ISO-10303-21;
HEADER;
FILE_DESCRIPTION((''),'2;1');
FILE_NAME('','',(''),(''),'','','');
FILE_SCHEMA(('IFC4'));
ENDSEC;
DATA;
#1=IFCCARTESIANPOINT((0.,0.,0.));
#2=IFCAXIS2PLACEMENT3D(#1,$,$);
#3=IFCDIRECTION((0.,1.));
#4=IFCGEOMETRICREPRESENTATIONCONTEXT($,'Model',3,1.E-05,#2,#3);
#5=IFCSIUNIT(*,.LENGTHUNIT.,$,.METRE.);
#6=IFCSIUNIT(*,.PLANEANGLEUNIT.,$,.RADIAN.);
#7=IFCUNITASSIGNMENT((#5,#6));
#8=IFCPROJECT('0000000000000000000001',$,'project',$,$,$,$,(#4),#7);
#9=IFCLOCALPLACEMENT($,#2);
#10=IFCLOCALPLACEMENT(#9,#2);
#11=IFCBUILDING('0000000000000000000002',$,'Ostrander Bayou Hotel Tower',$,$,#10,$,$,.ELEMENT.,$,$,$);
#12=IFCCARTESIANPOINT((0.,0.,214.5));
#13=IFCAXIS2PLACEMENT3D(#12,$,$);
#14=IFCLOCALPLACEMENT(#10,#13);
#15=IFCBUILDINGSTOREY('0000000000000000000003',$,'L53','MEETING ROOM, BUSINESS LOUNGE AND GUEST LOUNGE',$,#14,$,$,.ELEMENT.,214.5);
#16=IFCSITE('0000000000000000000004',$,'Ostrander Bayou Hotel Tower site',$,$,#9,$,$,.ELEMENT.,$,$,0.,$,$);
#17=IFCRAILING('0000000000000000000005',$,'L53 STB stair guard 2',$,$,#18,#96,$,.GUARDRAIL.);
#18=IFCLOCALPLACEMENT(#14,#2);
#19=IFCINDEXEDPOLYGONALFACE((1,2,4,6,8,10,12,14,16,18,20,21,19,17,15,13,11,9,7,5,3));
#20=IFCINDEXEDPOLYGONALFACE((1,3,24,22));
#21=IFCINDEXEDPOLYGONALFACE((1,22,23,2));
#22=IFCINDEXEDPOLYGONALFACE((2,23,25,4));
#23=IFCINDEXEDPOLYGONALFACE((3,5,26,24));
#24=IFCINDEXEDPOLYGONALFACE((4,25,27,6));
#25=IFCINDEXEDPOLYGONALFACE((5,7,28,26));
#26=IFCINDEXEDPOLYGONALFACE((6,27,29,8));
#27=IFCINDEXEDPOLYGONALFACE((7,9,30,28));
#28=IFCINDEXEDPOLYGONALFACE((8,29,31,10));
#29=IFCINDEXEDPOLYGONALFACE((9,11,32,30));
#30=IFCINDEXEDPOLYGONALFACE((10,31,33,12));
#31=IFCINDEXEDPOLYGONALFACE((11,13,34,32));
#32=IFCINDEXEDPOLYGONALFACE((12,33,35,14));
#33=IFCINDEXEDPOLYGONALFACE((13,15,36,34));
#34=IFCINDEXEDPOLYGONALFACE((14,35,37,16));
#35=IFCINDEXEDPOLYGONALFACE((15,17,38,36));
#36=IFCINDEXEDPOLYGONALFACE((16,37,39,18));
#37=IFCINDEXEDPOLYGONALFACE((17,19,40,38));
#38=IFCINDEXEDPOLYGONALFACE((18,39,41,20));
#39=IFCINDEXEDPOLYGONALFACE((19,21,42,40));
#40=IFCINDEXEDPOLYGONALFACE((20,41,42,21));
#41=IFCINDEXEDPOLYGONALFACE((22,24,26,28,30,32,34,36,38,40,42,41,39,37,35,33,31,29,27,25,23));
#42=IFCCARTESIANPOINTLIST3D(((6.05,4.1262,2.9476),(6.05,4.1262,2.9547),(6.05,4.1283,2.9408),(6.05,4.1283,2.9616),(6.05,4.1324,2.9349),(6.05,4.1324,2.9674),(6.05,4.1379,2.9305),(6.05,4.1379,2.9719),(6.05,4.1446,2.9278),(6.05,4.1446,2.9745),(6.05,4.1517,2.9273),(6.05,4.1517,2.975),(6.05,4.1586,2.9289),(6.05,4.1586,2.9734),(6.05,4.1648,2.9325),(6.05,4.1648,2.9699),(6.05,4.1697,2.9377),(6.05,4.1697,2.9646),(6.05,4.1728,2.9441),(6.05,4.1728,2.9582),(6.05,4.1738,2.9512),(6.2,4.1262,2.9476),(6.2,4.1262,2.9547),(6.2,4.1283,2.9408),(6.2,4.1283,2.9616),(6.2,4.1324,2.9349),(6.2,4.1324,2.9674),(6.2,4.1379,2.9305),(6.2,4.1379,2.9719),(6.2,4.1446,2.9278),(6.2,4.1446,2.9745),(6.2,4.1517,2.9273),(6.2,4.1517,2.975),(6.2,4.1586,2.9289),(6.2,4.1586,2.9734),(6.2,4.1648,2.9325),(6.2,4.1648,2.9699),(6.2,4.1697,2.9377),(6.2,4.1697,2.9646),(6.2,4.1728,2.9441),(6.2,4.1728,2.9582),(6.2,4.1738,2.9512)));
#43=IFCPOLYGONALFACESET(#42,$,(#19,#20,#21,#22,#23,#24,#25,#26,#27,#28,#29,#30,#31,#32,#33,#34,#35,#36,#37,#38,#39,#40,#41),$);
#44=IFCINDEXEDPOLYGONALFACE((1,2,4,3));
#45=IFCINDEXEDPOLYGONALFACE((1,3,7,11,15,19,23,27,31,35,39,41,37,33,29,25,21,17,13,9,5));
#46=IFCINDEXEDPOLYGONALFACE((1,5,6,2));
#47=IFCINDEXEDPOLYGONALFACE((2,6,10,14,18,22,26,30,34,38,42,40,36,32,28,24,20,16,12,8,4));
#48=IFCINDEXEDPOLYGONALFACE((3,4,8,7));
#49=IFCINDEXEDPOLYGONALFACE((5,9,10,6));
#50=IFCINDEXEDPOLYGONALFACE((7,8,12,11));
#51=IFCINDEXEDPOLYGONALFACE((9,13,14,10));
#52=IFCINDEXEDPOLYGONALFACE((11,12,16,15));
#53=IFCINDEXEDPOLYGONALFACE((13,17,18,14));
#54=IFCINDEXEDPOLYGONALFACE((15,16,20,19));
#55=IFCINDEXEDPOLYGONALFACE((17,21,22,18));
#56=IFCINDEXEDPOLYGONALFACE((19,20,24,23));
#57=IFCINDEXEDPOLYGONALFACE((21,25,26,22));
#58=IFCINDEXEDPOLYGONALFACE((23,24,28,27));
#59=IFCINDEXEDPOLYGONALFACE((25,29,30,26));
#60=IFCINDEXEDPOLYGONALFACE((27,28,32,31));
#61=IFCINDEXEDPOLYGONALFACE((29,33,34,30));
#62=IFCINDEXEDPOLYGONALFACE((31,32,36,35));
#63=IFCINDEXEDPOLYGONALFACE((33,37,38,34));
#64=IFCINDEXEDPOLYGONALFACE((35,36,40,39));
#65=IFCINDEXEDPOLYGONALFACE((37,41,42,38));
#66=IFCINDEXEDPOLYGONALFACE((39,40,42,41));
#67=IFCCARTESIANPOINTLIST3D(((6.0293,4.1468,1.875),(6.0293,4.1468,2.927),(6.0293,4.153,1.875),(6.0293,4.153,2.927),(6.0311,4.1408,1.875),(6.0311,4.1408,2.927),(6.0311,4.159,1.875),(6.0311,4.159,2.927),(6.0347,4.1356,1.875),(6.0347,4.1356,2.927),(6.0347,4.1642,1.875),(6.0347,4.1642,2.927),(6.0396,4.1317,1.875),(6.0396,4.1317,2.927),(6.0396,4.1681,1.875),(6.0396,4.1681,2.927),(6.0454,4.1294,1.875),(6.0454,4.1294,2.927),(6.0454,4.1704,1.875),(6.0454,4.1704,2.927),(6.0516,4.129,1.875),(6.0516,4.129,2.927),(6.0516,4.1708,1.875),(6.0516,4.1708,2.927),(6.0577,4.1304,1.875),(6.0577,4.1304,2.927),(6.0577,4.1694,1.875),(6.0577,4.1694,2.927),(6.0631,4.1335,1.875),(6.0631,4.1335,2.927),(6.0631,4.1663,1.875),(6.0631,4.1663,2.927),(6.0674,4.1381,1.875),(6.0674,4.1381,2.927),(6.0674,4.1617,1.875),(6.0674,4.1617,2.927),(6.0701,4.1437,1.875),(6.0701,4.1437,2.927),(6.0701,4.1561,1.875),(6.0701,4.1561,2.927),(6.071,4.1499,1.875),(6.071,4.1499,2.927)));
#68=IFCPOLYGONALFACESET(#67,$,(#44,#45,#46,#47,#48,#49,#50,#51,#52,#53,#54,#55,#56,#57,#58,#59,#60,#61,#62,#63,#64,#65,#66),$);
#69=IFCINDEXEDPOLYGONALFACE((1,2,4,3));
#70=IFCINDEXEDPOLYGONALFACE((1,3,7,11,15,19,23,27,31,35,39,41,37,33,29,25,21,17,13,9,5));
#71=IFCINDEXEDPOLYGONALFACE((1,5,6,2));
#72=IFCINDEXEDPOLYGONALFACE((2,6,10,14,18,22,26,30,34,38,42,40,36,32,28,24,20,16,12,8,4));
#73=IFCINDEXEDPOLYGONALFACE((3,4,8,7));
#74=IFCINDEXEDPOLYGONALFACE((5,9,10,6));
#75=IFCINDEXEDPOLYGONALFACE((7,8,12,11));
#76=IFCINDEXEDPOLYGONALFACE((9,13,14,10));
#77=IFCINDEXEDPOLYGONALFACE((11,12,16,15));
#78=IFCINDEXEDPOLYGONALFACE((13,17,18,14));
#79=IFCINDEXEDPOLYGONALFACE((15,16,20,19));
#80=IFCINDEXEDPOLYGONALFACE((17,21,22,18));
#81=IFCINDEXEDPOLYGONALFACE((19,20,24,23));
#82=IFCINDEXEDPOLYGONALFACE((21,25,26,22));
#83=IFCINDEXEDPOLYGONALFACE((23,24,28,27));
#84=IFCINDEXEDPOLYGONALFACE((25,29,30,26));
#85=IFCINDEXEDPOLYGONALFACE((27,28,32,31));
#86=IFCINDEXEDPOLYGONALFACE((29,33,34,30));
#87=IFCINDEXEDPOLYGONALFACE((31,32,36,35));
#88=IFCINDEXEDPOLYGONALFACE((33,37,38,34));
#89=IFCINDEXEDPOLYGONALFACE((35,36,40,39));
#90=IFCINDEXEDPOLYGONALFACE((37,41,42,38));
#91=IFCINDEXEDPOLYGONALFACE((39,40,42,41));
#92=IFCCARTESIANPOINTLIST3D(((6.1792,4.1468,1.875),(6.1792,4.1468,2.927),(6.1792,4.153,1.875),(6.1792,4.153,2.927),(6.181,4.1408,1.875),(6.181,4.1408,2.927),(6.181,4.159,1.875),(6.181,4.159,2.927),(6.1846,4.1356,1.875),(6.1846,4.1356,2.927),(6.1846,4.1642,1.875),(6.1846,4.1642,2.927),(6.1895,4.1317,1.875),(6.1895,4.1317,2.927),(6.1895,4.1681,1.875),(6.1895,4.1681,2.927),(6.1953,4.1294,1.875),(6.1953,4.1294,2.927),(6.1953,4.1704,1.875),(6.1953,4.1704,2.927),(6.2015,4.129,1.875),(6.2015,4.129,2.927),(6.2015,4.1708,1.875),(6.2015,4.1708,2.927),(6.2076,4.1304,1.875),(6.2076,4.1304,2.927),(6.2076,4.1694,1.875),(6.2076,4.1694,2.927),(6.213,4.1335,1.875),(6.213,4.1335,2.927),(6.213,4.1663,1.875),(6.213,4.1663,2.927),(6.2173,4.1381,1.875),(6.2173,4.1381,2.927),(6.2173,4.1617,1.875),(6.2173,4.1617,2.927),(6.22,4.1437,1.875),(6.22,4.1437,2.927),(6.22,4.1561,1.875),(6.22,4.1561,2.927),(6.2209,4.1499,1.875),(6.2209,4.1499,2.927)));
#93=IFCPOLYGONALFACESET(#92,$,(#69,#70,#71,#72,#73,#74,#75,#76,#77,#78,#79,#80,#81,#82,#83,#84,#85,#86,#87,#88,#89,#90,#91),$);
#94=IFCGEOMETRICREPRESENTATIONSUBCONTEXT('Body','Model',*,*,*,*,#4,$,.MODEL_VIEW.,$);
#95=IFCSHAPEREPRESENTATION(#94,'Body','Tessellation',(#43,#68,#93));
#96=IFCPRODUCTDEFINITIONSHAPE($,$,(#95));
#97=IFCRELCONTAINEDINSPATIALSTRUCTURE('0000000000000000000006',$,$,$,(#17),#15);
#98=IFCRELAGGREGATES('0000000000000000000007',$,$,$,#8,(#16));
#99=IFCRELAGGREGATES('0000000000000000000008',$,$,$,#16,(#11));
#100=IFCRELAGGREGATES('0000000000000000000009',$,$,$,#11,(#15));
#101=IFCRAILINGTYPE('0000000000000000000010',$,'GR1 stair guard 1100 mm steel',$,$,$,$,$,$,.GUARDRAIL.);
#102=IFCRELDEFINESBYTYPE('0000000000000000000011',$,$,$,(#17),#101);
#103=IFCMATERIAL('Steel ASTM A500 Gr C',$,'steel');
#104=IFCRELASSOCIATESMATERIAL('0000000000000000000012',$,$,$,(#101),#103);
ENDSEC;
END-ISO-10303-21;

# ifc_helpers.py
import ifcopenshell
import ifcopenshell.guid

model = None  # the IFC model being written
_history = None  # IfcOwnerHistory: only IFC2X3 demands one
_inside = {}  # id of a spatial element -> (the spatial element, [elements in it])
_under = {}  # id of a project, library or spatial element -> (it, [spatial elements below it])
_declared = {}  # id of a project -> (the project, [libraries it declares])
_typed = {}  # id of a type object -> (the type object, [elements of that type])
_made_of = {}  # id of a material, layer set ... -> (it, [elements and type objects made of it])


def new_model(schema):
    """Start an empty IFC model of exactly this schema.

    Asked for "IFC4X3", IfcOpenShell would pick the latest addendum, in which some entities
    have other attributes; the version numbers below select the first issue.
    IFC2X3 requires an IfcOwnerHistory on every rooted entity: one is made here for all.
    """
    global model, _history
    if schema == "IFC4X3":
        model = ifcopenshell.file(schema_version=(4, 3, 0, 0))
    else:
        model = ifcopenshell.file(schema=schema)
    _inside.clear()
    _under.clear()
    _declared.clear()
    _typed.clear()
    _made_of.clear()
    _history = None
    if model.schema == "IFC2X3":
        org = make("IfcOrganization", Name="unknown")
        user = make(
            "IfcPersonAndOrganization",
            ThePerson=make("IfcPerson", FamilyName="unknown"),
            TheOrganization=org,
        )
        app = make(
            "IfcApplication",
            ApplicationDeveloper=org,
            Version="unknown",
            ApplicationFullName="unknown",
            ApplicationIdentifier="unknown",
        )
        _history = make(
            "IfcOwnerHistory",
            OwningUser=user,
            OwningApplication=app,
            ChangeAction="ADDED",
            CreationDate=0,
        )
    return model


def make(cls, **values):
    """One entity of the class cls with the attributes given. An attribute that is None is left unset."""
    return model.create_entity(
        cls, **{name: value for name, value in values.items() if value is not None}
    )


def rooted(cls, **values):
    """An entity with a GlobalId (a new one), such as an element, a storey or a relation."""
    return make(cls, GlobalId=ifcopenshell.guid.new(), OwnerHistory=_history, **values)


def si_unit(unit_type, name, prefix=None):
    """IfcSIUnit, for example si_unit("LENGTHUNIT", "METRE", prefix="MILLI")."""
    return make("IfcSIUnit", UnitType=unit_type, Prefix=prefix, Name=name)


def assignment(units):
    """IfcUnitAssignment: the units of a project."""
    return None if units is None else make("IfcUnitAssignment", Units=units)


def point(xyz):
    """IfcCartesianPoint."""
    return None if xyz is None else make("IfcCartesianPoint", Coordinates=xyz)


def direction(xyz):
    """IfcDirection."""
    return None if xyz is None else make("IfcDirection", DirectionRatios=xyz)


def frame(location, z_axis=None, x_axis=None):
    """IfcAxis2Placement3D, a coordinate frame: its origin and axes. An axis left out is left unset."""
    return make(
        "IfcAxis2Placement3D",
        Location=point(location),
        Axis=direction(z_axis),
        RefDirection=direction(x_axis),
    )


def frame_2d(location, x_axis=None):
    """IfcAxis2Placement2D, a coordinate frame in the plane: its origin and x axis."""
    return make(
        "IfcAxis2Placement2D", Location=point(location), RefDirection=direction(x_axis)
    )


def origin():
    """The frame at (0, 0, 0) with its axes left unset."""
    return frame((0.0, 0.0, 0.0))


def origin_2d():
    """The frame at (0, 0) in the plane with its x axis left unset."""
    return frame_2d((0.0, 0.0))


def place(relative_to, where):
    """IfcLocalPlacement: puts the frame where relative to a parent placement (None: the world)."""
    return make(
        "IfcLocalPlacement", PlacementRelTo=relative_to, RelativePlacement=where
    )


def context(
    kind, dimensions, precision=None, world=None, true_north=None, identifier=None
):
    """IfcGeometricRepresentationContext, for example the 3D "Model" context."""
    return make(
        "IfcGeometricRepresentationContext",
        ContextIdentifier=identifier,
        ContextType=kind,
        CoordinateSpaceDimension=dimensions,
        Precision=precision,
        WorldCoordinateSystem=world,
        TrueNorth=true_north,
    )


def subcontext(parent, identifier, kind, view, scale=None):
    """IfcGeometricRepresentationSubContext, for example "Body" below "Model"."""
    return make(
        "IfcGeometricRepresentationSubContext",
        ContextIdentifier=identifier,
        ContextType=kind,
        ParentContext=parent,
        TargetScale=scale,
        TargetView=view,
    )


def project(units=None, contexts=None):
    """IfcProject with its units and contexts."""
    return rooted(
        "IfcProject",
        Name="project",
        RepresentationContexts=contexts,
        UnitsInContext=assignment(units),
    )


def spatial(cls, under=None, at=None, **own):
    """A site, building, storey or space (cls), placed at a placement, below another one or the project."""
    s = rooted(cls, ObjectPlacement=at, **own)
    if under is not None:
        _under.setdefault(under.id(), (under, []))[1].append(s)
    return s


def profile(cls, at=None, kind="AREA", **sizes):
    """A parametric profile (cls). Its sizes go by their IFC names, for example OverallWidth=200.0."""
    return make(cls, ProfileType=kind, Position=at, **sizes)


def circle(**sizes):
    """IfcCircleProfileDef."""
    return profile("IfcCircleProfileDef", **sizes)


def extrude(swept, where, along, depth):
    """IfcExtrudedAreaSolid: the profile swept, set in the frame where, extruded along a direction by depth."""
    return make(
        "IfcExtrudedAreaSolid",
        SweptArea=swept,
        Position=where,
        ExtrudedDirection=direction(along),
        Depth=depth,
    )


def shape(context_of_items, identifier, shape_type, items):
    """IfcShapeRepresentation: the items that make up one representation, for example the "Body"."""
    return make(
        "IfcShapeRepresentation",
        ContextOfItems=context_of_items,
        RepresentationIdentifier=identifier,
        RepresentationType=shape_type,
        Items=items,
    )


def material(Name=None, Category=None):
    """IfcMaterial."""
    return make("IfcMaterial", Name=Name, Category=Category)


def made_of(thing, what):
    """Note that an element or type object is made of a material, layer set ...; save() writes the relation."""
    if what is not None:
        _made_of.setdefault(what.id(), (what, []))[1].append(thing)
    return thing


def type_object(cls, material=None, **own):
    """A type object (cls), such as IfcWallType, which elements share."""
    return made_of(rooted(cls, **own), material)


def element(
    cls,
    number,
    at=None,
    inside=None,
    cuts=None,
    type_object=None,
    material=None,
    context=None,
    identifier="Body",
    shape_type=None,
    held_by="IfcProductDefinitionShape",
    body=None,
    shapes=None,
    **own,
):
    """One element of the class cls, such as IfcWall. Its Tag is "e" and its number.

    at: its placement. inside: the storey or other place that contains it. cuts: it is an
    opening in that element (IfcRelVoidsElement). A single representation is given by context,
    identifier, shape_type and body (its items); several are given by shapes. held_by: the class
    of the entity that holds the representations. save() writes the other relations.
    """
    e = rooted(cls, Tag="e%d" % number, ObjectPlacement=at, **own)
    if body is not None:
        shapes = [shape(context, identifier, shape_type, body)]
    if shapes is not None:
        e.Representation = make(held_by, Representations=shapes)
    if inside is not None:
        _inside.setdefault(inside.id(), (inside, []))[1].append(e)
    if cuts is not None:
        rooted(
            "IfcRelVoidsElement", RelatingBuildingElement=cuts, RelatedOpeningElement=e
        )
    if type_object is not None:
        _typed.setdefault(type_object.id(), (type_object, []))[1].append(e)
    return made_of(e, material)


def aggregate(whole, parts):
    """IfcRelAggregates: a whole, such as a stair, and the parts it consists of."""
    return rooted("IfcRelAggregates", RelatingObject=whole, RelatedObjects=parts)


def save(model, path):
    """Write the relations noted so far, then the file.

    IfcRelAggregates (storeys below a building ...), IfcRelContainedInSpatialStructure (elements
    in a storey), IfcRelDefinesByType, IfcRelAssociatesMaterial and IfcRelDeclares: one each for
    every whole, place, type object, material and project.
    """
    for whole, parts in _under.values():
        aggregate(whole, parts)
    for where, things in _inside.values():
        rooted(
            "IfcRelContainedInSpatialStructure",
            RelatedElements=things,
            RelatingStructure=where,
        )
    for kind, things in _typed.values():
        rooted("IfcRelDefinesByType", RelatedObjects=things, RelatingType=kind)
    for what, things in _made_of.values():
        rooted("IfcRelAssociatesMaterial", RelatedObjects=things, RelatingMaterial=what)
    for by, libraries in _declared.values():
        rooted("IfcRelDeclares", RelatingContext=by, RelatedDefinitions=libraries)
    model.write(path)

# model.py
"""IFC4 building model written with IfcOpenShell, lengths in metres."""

from ifc_helpers import new_model, si_unit, direction, frame, origin, origin_2d, place, context, subcontext, project, spatial, circle, extrude, material, type_object, element, save


model = new_model("IFC4")

# Units and contexts
model_context = context("Model", 3, precision=1e-05, world=origin(), true_north=direction((0.0, 1.0)))
body_context = subcontext(model_context, "Body", "Model", "MODEL_VIEW")
ifc_project = project(units=[si_unit("LENGTHUNIT", "METRE"), si_unit("PLANEANGLEUNIT", "RADIAN")], contexts=[model_context])

# Site, building, storey
site_placement = place(None, origin())
site = spatial("IfcSite", under=ifc_project, at=site_placement, Name="Ostrander Bayou Hotel Tower site", CompositionType="ELEMENT", RefElevation=0.0)
building_placement = place(site_placement, origin())
building = spatial("IfcBuilding", under=site, at=building_placement, Name="Ostrander Bayou Hotel Tower", CompositionType="ELEMENT")
storey_placement = place(building_placement, frame((0.0, 0.0, 214.5)))
storey = spatial("IfcBuildingStorey", under=building, at=storey_placement, Name="L53", Description="MEETING ROOM, BUSINESS LOUNGE AND GUEST LOUNGE", CompositionType="ELEMENT", Elevation=214.5)

# Railing
ifc_material_1 = material(Name="Steel ASTM A500 Gr C", Category="steel")
railing_type_1 = type_object("IfcRailingType", Name="GR1 stair guard 1100 mm steel", PredefinedType="GUARDRAIL", material=ifc_material_1)
railing_1_placement = place(storey_placement, frame((6.05, 4.1499, 1.875)))
element("IfcRailing", 1, at=railing_1_placement, inside=storey, type_object=railing_type_1, Name="L53 STB stair guard 2", PredefinedType="GUARDRAIL", context=body_context, shape_type="SweptSolid", body=[
    extrude(circle(Radius=0.0239, at=origin_2d()), frame((0.0, 0.0, 1.0762), z_axis=(1.0, 0.0, 0.0), x_axis=(0.0, 1.0, 0.0)), (0.0, 0.0, 1.0), 0.1499),
    extrude(circle(Radius=0.021, at=origin_2d()), origin(), (0.0, 0.0, 1.0), 1.052),
    extrude(circle(Radius=0.021, at=origin_2d()), frame((0.1499, 0.0, 0.0)), (0.0, 0.0, 1.0), 1.052),
])

save(model, "model.ifc")
